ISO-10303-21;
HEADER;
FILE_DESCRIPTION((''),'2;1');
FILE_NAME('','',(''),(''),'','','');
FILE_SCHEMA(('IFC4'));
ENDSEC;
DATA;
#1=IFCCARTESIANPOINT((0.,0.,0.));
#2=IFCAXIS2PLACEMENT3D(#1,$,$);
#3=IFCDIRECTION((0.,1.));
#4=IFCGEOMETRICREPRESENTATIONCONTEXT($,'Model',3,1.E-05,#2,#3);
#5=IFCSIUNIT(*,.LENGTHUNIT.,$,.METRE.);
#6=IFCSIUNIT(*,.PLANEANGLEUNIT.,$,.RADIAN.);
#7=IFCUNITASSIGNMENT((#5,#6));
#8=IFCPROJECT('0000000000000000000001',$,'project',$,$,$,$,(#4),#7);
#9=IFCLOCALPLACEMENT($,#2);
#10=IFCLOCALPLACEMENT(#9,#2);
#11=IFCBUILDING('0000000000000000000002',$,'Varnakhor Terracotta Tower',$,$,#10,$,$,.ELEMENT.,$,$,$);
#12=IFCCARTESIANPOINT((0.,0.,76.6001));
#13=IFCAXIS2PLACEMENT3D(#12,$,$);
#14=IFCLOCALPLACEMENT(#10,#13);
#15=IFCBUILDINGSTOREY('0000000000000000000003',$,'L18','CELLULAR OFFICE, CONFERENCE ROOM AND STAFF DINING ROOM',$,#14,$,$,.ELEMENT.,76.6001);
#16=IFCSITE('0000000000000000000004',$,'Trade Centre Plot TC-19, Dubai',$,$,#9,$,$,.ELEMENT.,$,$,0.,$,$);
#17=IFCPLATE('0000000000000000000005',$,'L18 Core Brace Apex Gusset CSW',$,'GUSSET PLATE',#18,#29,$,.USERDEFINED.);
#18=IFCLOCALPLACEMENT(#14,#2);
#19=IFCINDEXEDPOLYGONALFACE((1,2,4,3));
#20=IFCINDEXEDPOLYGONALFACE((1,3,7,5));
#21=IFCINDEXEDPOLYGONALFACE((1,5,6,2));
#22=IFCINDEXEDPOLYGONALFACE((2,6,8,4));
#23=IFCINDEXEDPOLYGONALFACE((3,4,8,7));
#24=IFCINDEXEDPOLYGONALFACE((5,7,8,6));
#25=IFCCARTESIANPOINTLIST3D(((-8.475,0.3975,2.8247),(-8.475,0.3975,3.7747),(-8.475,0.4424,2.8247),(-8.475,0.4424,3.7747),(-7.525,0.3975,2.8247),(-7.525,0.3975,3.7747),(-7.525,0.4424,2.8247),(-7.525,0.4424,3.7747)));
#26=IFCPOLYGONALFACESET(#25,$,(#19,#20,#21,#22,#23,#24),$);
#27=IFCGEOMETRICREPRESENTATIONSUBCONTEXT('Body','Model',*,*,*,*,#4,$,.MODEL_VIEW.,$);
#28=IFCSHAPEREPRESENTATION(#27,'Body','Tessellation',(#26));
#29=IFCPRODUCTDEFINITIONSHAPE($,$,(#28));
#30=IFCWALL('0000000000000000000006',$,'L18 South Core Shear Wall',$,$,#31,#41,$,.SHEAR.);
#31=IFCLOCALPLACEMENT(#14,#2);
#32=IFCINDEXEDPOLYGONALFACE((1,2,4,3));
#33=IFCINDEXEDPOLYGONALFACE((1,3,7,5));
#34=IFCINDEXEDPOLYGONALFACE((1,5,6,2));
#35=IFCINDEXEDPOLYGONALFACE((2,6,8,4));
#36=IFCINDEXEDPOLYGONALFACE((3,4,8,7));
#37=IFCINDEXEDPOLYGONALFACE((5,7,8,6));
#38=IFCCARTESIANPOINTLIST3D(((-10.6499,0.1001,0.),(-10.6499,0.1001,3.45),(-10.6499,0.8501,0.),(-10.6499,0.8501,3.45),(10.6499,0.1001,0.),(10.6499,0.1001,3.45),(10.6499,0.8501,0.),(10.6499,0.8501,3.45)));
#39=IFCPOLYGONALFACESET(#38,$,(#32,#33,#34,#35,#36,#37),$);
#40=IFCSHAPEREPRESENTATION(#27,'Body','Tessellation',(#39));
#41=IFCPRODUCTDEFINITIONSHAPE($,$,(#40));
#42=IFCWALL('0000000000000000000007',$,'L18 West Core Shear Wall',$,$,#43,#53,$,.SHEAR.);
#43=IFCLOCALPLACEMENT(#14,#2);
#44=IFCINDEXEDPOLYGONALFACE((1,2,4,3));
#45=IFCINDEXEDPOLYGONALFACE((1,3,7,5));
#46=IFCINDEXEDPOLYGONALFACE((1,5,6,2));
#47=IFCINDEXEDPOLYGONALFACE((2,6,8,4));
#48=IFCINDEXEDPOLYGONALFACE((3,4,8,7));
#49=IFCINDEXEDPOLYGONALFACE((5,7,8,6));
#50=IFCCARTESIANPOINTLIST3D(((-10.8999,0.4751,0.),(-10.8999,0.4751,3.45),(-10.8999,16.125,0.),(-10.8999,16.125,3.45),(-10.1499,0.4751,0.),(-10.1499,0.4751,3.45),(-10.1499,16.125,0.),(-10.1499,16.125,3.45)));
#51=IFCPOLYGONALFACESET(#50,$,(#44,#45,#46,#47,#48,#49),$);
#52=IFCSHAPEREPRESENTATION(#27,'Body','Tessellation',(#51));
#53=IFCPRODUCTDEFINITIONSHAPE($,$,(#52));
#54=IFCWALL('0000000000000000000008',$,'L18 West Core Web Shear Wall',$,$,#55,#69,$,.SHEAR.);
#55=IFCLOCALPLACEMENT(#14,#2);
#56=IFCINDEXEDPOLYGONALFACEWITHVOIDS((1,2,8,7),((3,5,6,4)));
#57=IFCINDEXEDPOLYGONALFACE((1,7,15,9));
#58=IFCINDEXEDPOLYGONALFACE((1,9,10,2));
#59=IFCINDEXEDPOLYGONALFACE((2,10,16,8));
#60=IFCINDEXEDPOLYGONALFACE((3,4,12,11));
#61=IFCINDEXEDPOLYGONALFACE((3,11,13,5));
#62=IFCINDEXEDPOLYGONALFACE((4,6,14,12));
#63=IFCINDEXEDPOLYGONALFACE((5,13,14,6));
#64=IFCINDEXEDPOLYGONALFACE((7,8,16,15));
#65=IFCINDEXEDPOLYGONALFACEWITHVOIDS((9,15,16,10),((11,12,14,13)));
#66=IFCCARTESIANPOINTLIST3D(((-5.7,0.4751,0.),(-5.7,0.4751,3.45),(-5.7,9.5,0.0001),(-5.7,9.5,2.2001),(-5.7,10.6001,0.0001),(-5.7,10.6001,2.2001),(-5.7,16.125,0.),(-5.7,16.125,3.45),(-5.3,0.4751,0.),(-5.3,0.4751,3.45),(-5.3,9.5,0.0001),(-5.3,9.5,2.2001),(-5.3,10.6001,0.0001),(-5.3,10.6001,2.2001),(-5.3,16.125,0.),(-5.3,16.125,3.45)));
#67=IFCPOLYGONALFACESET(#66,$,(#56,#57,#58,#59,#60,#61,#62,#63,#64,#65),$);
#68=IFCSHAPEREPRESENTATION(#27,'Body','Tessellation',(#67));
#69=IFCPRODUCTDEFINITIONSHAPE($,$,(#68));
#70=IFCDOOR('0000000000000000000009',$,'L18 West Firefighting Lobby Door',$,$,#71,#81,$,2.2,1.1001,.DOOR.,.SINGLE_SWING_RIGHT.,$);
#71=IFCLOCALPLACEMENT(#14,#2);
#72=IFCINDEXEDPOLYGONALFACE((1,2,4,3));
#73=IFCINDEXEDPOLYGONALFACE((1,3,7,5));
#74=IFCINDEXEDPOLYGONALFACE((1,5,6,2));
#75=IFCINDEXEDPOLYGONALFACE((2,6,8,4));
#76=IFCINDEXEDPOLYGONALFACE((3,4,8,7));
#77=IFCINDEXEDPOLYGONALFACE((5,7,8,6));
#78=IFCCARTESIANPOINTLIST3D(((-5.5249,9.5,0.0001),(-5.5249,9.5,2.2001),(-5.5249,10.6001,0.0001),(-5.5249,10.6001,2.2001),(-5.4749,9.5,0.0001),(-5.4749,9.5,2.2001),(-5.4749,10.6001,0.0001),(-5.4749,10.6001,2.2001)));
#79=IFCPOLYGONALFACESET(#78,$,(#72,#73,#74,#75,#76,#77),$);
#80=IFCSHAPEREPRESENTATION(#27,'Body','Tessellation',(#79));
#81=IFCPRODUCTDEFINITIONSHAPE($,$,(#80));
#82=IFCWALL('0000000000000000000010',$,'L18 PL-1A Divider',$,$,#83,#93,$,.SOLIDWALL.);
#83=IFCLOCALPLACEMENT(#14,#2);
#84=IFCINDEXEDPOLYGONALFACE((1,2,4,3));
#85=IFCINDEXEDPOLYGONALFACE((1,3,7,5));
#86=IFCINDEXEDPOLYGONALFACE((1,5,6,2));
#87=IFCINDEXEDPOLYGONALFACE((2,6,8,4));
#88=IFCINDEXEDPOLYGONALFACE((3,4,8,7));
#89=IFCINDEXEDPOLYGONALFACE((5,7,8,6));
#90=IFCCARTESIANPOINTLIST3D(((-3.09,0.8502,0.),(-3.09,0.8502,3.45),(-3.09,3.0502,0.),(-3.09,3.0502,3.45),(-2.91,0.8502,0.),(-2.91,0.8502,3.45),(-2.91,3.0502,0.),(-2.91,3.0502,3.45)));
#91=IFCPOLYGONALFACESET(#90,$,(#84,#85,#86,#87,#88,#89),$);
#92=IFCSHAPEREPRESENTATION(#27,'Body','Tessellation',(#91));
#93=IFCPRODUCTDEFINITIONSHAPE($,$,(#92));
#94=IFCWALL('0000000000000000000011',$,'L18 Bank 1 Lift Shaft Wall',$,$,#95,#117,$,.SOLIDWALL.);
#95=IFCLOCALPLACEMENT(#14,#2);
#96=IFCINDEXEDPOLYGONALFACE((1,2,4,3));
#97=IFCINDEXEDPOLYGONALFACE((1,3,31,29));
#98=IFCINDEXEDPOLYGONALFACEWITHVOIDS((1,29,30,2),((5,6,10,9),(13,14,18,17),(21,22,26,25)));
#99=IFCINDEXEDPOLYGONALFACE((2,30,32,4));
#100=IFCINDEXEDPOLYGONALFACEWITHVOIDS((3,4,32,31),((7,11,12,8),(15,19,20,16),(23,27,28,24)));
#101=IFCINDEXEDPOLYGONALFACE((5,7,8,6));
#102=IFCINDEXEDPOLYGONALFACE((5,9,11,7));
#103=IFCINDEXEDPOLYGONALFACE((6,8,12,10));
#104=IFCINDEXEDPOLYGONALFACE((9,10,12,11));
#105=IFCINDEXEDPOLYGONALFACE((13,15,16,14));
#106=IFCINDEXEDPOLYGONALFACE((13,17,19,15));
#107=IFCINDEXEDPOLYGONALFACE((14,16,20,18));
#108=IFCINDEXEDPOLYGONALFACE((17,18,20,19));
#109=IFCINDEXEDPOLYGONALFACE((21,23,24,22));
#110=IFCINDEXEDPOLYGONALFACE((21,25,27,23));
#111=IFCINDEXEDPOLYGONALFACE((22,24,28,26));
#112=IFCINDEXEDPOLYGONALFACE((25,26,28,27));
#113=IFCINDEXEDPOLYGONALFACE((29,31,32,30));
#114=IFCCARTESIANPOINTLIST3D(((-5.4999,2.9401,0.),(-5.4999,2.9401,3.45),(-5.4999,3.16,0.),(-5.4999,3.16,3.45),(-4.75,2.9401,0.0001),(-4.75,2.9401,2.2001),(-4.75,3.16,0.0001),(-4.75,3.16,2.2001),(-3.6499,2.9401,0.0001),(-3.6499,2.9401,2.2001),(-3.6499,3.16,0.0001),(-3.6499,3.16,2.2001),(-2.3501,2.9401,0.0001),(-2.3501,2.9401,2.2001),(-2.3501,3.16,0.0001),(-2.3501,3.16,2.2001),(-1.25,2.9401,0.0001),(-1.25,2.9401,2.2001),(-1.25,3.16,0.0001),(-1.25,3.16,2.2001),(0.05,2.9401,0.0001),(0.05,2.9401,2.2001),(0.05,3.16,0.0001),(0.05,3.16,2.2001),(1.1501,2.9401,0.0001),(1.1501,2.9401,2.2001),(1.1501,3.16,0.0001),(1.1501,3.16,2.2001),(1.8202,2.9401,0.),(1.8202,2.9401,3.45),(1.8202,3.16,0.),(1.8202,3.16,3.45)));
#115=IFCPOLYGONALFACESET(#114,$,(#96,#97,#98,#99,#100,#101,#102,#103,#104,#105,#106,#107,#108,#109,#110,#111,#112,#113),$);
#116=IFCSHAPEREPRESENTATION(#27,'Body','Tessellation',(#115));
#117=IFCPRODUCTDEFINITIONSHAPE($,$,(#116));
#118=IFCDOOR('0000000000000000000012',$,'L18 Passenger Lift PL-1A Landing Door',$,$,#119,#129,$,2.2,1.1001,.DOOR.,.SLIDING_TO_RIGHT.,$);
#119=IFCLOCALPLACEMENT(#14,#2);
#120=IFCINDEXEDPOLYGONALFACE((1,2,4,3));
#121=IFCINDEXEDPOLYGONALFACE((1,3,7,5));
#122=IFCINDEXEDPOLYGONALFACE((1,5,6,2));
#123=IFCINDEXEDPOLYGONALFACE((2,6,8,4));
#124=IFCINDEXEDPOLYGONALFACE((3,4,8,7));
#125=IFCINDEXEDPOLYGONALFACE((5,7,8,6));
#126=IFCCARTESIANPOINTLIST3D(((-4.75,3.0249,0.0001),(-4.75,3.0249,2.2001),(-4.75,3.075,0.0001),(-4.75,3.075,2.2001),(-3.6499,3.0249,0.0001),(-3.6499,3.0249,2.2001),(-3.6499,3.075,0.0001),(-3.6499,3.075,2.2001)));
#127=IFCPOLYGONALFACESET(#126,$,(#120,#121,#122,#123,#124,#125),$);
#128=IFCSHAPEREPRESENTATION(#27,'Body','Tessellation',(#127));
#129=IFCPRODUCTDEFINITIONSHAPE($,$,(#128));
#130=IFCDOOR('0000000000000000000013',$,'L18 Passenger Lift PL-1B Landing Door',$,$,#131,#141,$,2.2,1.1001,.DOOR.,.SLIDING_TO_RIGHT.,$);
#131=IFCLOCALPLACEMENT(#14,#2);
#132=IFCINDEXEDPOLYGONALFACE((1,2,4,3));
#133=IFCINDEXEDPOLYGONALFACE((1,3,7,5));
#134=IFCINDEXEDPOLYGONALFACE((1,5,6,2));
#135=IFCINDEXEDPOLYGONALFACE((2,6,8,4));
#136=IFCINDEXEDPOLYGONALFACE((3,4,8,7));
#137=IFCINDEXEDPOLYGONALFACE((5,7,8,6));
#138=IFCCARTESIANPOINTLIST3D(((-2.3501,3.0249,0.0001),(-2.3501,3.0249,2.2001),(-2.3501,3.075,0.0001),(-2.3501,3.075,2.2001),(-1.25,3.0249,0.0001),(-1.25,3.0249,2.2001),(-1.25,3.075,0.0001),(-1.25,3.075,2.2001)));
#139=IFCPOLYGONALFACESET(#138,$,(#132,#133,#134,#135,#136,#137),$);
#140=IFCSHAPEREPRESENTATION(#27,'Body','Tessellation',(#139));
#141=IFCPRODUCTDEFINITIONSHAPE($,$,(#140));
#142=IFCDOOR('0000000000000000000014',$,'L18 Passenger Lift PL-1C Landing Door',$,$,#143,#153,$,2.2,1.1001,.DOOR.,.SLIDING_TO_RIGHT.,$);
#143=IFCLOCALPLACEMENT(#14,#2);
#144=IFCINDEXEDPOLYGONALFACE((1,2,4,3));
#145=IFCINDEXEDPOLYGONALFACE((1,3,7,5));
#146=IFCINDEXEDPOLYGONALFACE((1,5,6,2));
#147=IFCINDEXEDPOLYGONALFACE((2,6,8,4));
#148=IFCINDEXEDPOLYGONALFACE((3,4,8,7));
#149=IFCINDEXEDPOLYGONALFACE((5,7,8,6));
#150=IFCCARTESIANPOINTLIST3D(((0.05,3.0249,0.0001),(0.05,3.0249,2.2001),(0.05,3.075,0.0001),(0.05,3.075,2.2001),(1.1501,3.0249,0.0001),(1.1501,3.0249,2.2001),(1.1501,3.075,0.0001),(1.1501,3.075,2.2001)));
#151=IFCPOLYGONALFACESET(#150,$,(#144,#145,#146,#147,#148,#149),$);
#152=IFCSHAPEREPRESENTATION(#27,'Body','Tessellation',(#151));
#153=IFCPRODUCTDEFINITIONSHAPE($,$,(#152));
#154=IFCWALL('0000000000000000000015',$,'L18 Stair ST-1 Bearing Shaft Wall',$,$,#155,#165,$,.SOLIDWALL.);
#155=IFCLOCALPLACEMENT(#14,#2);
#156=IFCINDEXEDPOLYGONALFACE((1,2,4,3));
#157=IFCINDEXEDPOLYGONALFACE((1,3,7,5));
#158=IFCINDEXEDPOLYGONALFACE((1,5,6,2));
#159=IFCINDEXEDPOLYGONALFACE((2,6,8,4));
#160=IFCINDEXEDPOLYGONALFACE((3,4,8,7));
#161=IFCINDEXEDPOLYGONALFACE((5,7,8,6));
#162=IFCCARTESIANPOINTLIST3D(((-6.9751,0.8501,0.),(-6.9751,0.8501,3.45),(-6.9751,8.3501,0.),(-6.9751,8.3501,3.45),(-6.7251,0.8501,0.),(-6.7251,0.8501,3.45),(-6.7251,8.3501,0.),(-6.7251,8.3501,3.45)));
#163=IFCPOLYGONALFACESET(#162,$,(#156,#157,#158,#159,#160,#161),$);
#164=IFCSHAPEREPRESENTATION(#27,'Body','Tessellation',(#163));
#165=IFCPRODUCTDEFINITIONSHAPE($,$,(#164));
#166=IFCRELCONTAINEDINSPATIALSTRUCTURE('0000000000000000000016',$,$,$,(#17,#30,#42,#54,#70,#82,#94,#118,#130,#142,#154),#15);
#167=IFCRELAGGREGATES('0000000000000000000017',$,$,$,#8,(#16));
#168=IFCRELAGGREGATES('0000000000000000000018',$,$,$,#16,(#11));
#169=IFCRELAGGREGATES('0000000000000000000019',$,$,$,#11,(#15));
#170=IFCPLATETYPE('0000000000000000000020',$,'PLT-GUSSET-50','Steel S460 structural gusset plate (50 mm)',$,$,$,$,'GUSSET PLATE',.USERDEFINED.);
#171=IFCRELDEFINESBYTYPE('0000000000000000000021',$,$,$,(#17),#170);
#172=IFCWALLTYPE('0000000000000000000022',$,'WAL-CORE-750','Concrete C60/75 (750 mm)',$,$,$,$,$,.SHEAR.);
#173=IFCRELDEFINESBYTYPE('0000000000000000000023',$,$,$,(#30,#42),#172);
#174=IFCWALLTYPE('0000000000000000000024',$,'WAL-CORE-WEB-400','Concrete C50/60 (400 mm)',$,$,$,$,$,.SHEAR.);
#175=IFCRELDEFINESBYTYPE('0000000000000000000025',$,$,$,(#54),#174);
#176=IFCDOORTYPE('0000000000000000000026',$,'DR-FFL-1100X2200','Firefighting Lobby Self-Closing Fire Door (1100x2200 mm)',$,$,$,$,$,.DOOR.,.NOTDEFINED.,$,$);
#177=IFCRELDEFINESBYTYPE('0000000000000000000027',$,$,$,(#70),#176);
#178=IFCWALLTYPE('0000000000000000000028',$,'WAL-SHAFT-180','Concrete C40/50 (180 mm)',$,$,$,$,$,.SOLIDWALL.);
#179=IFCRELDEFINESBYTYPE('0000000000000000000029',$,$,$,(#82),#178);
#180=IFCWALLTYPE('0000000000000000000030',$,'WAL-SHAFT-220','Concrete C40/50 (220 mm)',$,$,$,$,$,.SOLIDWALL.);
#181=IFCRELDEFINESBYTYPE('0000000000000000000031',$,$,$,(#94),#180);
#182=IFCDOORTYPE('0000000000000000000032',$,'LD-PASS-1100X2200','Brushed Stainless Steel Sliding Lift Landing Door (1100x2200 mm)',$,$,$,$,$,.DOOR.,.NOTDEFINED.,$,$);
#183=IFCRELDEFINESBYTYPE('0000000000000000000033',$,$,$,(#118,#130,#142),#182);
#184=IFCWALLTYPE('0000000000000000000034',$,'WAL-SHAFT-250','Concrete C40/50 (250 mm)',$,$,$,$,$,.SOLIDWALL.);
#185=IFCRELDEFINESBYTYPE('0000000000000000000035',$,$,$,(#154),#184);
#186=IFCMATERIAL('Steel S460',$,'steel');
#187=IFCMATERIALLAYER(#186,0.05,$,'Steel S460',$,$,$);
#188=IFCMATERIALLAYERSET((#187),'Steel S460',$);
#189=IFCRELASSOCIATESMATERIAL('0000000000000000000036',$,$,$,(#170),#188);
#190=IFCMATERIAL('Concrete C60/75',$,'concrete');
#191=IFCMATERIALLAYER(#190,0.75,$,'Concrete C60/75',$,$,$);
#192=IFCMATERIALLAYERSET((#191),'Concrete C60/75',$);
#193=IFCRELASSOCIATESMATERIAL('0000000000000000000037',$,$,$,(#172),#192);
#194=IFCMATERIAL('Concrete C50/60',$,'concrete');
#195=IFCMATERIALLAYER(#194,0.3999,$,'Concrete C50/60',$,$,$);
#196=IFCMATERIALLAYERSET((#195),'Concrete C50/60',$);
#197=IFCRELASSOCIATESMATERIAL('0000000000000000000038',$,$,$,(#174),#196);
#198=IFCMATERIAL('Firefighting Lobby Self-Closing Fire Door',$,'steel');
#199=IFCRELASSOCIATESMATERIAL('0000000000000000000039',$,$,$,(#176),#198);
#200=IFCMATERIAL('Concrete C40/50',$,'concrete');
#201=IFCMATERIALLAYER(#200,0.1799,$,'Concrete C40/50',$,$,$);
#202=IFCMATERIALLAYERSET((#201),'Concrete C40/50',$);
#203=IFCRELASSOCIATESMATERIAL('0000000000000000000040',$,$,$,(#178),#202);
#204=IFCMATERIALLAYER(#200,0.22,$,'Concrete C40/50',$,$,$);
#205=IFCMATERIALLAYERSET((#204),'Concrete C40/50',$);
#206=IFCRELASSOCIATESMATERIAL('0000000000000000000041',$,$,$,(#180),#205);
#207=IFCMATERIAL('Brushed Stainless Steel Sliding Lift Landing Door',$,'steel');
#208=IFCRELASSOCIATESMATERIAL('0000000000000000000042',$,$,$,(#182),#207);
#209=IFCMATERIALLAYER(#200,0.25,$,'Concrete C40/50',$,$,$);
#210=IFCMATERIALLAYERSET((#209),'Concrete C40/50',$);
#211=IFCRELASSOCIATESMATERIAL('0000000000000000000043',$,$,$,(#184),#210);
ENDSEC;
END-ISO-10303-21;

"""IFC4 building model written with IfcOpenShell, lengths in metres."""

from ifc_helpers import new_model, si_unit, direction, frame, frame_2d, origin, origin_2d, place, context, subcontext, project, spatial, rectangle, extrude, source, transform, mapped, material, layer, layer_set, type_object, type_shapes, element, fill, save


model = new_model("IFC4")

# Units and contexts
model_context = context("Model", 3, precision=1e-05, world=origin(), true_north=direction((0.0, 1.0)))
body_context = subcontext(model_context, "Body", "Model", "MODEL_VIEW")
ifc_project = project(units=[si_unit("LENGTHUNIT", "METRE"), si_unit("PLANEANGLEUNIT", "RADIAN")], contexts=[model_context])

# Site, building, storey
site_placement = place(None, origin())
site = spatial("IfcSite", under=ifc_project, at=site_placement, Name="Trade Centre Plot TC-19, Dubai", CompositionType="ELEMENT", RefElevation=0.0)
building_placement = place(site_placement, origin())
building = spatial("IfcBuilding", under=site, at=building_placement, Name="Varnakhor Terracotta Tower", CompositionType="ELEMENT")
storey_placement = place(building_placement, frame((0.0, 0.0, 76.6001)))
storey = spatial("IfcBuildingStorey", under=building, at=storey_placement, Name="L18", Description="CELLULAR OFFICE, CONFERENCE ROOM AND STAFF DINING ROOM", CompositionType="ELEMENT", Elevation=76.6001)

# Shared definitions
ifc_material_1 = material(Name="Concrete C50/60", Category="concrete")

# Shared definitions
ifc_material_2 = material(Name="Steel S460", Category="steel")

# Plate
ifc_layer_1 = layer(ifc_material_2, 0.05, Name="Steel S460")
ifc_layer_set_1 = layer_set([ifc_layer_1], Name="Steel S460")
plate_type = type_object("IfcPlateType", Name="PLT-GUSSET-50", Description="Steel S460 structural gusset plate (50 mm)", ElementType="GUSSET PLATE", PredefinedType="USERDEFINED", material=ifc_layer_set_1)
shared_shape_1 = source(origin(), body_context, "Body", "SweptSolid", [
    extrude(rectangle(XDim=0.95, YDim=0.0449, at=origin_2d()), origin(), (0.0, 0.0, 1.0), 0.95),
])
plate_placement = place(storey_placement, frame((-8.0, 0.4199, 2.8247), z_axis=(0.0, 0.0, 1.0), x_axis=(1.0, 0.0, 0.0)))
element("IfcPlate", 1, at=plate_placement, inside=storey, type_object=plate_type, Name="L18 Core Brace Apex Gusset CSW", ObjectType="GUSSET PLATE", PredefinedType="USERDEFINED", context=body_context, shape_type="MappedRepresentation", body=[
    mapped(shared_shape_1, transform((0.0, 0.0, 0.0), scale=1.0)),
])

# Walls
ifc_material_3 = material(Name="Concrete C60/75", Category="concrete")
ifc_layer_2 = layer(ifc_material_3, 0.75, Name="Concrete C60/75")
ifc_layer_set_2 = layer_set([ifc_layer_2], Name="Concrete C60/75")
wall_type_1 = type_object("IfcWallType", Name="WAL-CORE-750", Description="Concrete C60/75 (750 mm)", PredefinedType="SHEAR", material=ifc_layer_set_2)
wall_1_placement = place(storey_placement, frame((-10.6499, 0.4751, 0.0), z_axis=(0.0, 0.0, 1.0), x_axis=(1.0, 0.0, 0.0)))
element("IfcWall", 2, at=wall_1_placement, inside=storey, type_object=wall_type_1, Name="L18 South Core Shear Wall", PredefinedType="SHEAR", context=body_context, shape_type="SweptSolid", body=[
    extrude(rectangle(XDim=21.2998, YDim=0.75, at=frame_2d((10.6499, 0.0))), origin(), (0.0, 0.0, 1.0), 3.45),
])
wall_2_placement = place(storey_placement, frame((-10.5249, 0.4751, 0.0), z_axis=(0.0, 0.0, 1.0), x_axis=(0.0, 1.0, 0.0)))
element("IfcWall", 3, at=wall_2_placement, inside=storey, type_object=wall_type_1, Name="L18 West Core Shear Wall", PredefinedType="SHEAR", context=body_context, shape_type="SweptSolid", body=[
    extrude(rectangle(XDim=15.6499, YDim=0.75, at=frame_2d((7.825, 0.0))), origin(), (0.0, 0.0, 1.0), 3.45),
])

# Wall, opening, door
ifc_layer_3 = layer(ifc_material_1, 0.3999, Name="Concrete C50/60")
ifc_layer_set_3 = layer_set([ifc_layer_3], Name="Concrete C50/60")
wall_type_2 = type_object("IfcWallType", Name="WAL-CORE-WEB-400", Description="Concrete C50/60 (400 mm)", PredefinedType="SHEAR", material=ifc_layer_set_3)
wall_3_placement = place(storey_placement, frame((-5.5, 0.4751, 0.0), z_axis=(0.0, 0.0, 1.0), x_axis=(0.0, 1.0, 0.0)))
wall_3 = element("IfcWall", 4, at=wall_3_placement, inside=storey, type_object=wall_type_2, Name="L18 West Core Web Shear Wall", PredefinedType="SHEAR", context=body_context, shape_type="SweptSolid", body=[
    extrude(rectangle(XDim=15.6499, YDim=0.3999, at=frame_2d((7.825, 0.0))), origin(), (0.0, 0.0, 1.0), 3.45),
])
opening_1_placement = place(wall_3_placement, frame((9.0249, 0.0, 0.0)))
opening_1 = element("IfcOpeningElement", 5, at=opening_1_placement, cuts=wall_3, PredefinedType="OPENING", context=body_context, shape_type="SweptSolid", body=[
    extrude(rectangle(XDim=1.1001, YDim=2.2, at=frame_2d((0.55, 1.1001))), frame((0.0, 0.21, 0.0), z_axis=(0.0, -1.0, 0.0), x_axis=(1.0, 0.0, 0.0)), (0.0, 0.0, 1.0), 0.4199),
])
ifc_material_4 = material(Name="Firefighting Lobby Self-Closing Fire Door", Category="steel")
door_type_1 = type_object("IfcDoorType", Name="DR-FFL-1100X2200", Description="Firefighting Lobby Self-Closing Fire Door (1100x2200 mm)", OperationType="NOTDEFINED", PredefinedType="DOOR", material=ifc_material_4)
shared_shape_2 = source(origin(), body_context, "Body", "SweptSolid", [
    extrude(rectangle(XDim=1.1001, YDim=2.2, at=frame_2d((0.55, 1.1001))), frame((0.0, 0.0249, 0.0), z_axis=(0.0, -1.0, 0.0), x_axis=(1.0, 0.0, 0.0)), (0.0, 0.0, 1.0), 0.05),
])
type_shapes(door_type_1, [shared_shape_2])
door_1_placement = place(opening_1_placement, origin())
door_1 = element("IfcDoor", 6, at=door_1_placement, inside=storey, type_object=door_type_1, Name="L18 West Firefighting Lobby Door", OperationType="SINGLE_SWING_RIGHT", OverallHeight=2.2, OverallWidth=1.1001, PredefinedType="DOOR", context=body_context, shape_type="MappedRepresentation", body=[
    mapped(shared_shape_2, transform((0.0, 0.0, 0.0), scale=1.0)),
])
fill(opening_1, door_1)

# Wall
ifc_material_5 = material(Name="Concrete C40/50", Category="concrete")
ifc_layer_4 = layer(ifc_material_5, 0.1799, Name="Concrete C40/50")
ifc_layer_set_4 = layer_set([ifc_layer_4], Name="Concrete C40/50")
wall_type_3 = type_object("IfcWallType", Name="WAL-SHAFT-180", Description="Concrete C40/50 (180 mm)", PredefinedType="SOLIDWALL", material=ifc_layer_set_4)
wall_4_placement = place(storey_placement, frame((-3.0, 0.8501, 0.0), z_axis=(0.0, 0.0, 1.0), x_axis=(0.0, 1.0, 0.0)))
element("IfcWall", 7, at=wall_4_placement, inside=storey, type_object=wall_type_3, Name="L18 PL-1A Divider", PredefinedType="SOLIDWALL", context=body_context, shape_type="SweptSolid", body=[
    extrude(rectangle(XDim=2.2, YDim=0.1799, at=frame_2d((1.1001, 0.0))), origin(), (0.0, 0.0, 1.0), 3.45),
])

# Wall, openings, doors
ifc_layer_5 = layer(ifc_material_5, 0.22, Name="Concrete C40/50")
ifc_layer_set_5 = layer_set([ifc_layer_5], Name="Concrete C40/50")
wall_type_4 = type_object("IfcWallType", Name="WAL-SHAFT-220", Description="Concrete C40/50 (220 mm)", PredefinedType="SOLIDWALL", material=ifc_layer_set_5)
wall_5_placement = place(storey_placement, frame((-5.5, 3.05, 0.0), z_axis=(0.0, 0.0, 1.0), x_axis=(1.0, 0.0, 0.0)))
wall_5 = element("IfcWall", 8, at=wall_5_placement, inside=storey, type_object=wall_type_4, Name="L18 Bank 1 Lift Shaft Wall", PredefinedType="SOLIDWALL", context=body_context, shape_type="SweptSolid", body=[
    extrude(rectangle(XDim=7.3201, YDim=0.22, at=frame_2d((3.6602, 0.0))), origin(), (0.0, 0.0, 1.0), 3.45),
])
opening_2_placement = place(wall_5_placement, frame((0.75, 0.0, 0.0)))
opening_2 = element("IfcOpeningElement", 9, at=opening_2_placement, cuts=wall_5, PredefinedType="OPENING", context=body_context, shape_type="SweptSolid", body=[
    extrude(rectangle(XDim=1.1001, YDim=2.2, at=frame_2d((0.55, 1.1001))), frame((0.0, 0.1201, 0.0), z_axis=(0.0, -1.0, 0.0), x_axis=(1.0, 0.0, 0.0)), (0.0, 0.0, 1.0), 0.24),
])
opening_3_placement = place(wall_5_placement, frame((3.1499, 0.0, 0.0)))
opening_3 = element("IfcOpeningElement", 10, at=opening_3_placement, cuts=wall_5, PredefinedType="OPENING", context=body_context, shape_type="SweptSolid", body=[
    extrude(rectangle(XDim=1.1001, YDim=2.2, at=frame_2d((0.55, 1.1001))), frame((0.0, 0.1201, 0.0), z_axis=(0.0, -1.0, 0.0), x_axis=(1.0, 0.0, 0.0)), (0.0, 0.0, 1.0), 0.24),
])
opening_4_placement = place(wall_5_placement, frame((5.55, 0.0, 0.0)))
opening_4 = element("IfcOpeningElement", 11, at=opening_4_placement, cuts=wall_5, PredefinedType="OPENING", context=body_context, shape_type="SweptSolid", body=[
    extrude(rectangle(XDim=1.1001, YDim=2.2, at=frame_2d((0.55, 1.1001))), frame((0.0, 0.1201, 0.0), z_axis=(0.0, -1.0, 0.0), x_axis=(1.0, 0.0, 0.0)), (0.0, 0.0, 1.0), 0.24),
])
ifc_material_6 = material(Name="Brushed Stainless Steel Sliding Lift Landing Door", Category="steel")
door_type_2 = type_object("IfcDoorType", Name="LD-PASS-1100X2200", Description="Brushed Stainless Steel Sliding Lift Landing Door (1100x2200 mm)", OperationType="NOTDEFINED", PredefinedType="DOOR", material=ifc_material_6)
shared_shape_3 = source(origin(), body_context, "Body", "SweptSolid", [
    extrude(rectangle(XDim=1.1001, YDim=2.2, at=frame_2d((0.55, 1.1001))), frame((0.0, 0.0249, 0.0), z_axis=(0.0, -1.0, 0.0), x_axis=(1.0, 0.0, 0.0)), (0.0, 0.0, 1.0), 0.05),
])
type_shapes(door_type_2, [shared_shape_3])
door_2_placement = place(opening_2_placement, origin())
door_2 = element("IfcDoor", 12, at=door_2_placement, inside=storey, type_object=door_type_2, Name="L18 Passenger Lift PL-1A Landing Door", OperationType="SLIDING_TO_RIGHT", OverallHeight=2.2, OverallWidth=1.1001, PredefinedType="DOOR", context=body_context, shape_type="MappedRepresentation", body=[
    mapped(shared_shape_3, transform((0.0, 0.0, 0.0), scale=1.0)),
])
fill(opening_2, door_2)
door_3_placement = place(opening_3_placement, origin())
door_3 = element("IfcDoor", 13, at=door_3_placement, inside=storey, type_object=door_type_2, Name="L18 Passenger Lift PL-1B Landing Door", OperationType="SLIDING_TO_RIGHT", OverallHeight=2.2, OverallWidth=1.1001, PredefinedType="DOOR", context=body_context, shape_type="MappedRepresentation", body=[
    mapped(shared_shape_3, transform((0.0, 0.0, 0.0), scale=1.0)),
])
fill(opening_3, door_3)
door_4_placement = place(opening_4_placement, origin())
door_4 = element("IfcDoor", 14, at=door_4_placement, inside=storey, type_object=door_type_2, Name="L18 Passenger Lift PL-1C Landing Door", OperationType="SLIDING_TO_RIGHT", OverallHeight=2.2, OverallWidth=1.1001, PredefinedType="DOOR", context=body_context, shape_type="MappedRepresentation", body=[
    mapped(shared_shape_3, transform((0.0, 0.0, 0.0), scale=1.0)),
])
fill(opening_4, door_4)

# Wall
ifc_layer_6 = layer(ifc_material_5, 0.25, Name="Concrete C40/50")
ifc_layer_set_6 = layer_set([ifc_layer_6], Name="Concrete C40/50")
wall_type_5 = type_object("IfcWallType", Name="WAL-SHAFT-250", Description="Concrete C40/50 (250 mm)", PredefinedType="SOLIDWALL", material=ifc_layer_set_6)
wall_6_placement = place(storey_placement, frame((-6.8501, 0.8501, 0.0), z_axis=(0.0, 0.0, 1.0), x_axis=(0.0, 1.0, 0.0)))
element("IfcWall", 15, at=wall_6_placement, inside=storey, type_object=wall_type_5, Name="L18 Stair ST-1 Bearing Shaft Wall", PredefinedType="SOLIDWALL", context=body_context, shape_type="SweptSolid", body=[
    extrude(rectangle(XDim=7.5, YDim=0.25, at=frame_2d((3.75, 0.0))), origin(), (0.0, 0.0, 1.0), 3.45),
])

save(model, "model.ifc")
